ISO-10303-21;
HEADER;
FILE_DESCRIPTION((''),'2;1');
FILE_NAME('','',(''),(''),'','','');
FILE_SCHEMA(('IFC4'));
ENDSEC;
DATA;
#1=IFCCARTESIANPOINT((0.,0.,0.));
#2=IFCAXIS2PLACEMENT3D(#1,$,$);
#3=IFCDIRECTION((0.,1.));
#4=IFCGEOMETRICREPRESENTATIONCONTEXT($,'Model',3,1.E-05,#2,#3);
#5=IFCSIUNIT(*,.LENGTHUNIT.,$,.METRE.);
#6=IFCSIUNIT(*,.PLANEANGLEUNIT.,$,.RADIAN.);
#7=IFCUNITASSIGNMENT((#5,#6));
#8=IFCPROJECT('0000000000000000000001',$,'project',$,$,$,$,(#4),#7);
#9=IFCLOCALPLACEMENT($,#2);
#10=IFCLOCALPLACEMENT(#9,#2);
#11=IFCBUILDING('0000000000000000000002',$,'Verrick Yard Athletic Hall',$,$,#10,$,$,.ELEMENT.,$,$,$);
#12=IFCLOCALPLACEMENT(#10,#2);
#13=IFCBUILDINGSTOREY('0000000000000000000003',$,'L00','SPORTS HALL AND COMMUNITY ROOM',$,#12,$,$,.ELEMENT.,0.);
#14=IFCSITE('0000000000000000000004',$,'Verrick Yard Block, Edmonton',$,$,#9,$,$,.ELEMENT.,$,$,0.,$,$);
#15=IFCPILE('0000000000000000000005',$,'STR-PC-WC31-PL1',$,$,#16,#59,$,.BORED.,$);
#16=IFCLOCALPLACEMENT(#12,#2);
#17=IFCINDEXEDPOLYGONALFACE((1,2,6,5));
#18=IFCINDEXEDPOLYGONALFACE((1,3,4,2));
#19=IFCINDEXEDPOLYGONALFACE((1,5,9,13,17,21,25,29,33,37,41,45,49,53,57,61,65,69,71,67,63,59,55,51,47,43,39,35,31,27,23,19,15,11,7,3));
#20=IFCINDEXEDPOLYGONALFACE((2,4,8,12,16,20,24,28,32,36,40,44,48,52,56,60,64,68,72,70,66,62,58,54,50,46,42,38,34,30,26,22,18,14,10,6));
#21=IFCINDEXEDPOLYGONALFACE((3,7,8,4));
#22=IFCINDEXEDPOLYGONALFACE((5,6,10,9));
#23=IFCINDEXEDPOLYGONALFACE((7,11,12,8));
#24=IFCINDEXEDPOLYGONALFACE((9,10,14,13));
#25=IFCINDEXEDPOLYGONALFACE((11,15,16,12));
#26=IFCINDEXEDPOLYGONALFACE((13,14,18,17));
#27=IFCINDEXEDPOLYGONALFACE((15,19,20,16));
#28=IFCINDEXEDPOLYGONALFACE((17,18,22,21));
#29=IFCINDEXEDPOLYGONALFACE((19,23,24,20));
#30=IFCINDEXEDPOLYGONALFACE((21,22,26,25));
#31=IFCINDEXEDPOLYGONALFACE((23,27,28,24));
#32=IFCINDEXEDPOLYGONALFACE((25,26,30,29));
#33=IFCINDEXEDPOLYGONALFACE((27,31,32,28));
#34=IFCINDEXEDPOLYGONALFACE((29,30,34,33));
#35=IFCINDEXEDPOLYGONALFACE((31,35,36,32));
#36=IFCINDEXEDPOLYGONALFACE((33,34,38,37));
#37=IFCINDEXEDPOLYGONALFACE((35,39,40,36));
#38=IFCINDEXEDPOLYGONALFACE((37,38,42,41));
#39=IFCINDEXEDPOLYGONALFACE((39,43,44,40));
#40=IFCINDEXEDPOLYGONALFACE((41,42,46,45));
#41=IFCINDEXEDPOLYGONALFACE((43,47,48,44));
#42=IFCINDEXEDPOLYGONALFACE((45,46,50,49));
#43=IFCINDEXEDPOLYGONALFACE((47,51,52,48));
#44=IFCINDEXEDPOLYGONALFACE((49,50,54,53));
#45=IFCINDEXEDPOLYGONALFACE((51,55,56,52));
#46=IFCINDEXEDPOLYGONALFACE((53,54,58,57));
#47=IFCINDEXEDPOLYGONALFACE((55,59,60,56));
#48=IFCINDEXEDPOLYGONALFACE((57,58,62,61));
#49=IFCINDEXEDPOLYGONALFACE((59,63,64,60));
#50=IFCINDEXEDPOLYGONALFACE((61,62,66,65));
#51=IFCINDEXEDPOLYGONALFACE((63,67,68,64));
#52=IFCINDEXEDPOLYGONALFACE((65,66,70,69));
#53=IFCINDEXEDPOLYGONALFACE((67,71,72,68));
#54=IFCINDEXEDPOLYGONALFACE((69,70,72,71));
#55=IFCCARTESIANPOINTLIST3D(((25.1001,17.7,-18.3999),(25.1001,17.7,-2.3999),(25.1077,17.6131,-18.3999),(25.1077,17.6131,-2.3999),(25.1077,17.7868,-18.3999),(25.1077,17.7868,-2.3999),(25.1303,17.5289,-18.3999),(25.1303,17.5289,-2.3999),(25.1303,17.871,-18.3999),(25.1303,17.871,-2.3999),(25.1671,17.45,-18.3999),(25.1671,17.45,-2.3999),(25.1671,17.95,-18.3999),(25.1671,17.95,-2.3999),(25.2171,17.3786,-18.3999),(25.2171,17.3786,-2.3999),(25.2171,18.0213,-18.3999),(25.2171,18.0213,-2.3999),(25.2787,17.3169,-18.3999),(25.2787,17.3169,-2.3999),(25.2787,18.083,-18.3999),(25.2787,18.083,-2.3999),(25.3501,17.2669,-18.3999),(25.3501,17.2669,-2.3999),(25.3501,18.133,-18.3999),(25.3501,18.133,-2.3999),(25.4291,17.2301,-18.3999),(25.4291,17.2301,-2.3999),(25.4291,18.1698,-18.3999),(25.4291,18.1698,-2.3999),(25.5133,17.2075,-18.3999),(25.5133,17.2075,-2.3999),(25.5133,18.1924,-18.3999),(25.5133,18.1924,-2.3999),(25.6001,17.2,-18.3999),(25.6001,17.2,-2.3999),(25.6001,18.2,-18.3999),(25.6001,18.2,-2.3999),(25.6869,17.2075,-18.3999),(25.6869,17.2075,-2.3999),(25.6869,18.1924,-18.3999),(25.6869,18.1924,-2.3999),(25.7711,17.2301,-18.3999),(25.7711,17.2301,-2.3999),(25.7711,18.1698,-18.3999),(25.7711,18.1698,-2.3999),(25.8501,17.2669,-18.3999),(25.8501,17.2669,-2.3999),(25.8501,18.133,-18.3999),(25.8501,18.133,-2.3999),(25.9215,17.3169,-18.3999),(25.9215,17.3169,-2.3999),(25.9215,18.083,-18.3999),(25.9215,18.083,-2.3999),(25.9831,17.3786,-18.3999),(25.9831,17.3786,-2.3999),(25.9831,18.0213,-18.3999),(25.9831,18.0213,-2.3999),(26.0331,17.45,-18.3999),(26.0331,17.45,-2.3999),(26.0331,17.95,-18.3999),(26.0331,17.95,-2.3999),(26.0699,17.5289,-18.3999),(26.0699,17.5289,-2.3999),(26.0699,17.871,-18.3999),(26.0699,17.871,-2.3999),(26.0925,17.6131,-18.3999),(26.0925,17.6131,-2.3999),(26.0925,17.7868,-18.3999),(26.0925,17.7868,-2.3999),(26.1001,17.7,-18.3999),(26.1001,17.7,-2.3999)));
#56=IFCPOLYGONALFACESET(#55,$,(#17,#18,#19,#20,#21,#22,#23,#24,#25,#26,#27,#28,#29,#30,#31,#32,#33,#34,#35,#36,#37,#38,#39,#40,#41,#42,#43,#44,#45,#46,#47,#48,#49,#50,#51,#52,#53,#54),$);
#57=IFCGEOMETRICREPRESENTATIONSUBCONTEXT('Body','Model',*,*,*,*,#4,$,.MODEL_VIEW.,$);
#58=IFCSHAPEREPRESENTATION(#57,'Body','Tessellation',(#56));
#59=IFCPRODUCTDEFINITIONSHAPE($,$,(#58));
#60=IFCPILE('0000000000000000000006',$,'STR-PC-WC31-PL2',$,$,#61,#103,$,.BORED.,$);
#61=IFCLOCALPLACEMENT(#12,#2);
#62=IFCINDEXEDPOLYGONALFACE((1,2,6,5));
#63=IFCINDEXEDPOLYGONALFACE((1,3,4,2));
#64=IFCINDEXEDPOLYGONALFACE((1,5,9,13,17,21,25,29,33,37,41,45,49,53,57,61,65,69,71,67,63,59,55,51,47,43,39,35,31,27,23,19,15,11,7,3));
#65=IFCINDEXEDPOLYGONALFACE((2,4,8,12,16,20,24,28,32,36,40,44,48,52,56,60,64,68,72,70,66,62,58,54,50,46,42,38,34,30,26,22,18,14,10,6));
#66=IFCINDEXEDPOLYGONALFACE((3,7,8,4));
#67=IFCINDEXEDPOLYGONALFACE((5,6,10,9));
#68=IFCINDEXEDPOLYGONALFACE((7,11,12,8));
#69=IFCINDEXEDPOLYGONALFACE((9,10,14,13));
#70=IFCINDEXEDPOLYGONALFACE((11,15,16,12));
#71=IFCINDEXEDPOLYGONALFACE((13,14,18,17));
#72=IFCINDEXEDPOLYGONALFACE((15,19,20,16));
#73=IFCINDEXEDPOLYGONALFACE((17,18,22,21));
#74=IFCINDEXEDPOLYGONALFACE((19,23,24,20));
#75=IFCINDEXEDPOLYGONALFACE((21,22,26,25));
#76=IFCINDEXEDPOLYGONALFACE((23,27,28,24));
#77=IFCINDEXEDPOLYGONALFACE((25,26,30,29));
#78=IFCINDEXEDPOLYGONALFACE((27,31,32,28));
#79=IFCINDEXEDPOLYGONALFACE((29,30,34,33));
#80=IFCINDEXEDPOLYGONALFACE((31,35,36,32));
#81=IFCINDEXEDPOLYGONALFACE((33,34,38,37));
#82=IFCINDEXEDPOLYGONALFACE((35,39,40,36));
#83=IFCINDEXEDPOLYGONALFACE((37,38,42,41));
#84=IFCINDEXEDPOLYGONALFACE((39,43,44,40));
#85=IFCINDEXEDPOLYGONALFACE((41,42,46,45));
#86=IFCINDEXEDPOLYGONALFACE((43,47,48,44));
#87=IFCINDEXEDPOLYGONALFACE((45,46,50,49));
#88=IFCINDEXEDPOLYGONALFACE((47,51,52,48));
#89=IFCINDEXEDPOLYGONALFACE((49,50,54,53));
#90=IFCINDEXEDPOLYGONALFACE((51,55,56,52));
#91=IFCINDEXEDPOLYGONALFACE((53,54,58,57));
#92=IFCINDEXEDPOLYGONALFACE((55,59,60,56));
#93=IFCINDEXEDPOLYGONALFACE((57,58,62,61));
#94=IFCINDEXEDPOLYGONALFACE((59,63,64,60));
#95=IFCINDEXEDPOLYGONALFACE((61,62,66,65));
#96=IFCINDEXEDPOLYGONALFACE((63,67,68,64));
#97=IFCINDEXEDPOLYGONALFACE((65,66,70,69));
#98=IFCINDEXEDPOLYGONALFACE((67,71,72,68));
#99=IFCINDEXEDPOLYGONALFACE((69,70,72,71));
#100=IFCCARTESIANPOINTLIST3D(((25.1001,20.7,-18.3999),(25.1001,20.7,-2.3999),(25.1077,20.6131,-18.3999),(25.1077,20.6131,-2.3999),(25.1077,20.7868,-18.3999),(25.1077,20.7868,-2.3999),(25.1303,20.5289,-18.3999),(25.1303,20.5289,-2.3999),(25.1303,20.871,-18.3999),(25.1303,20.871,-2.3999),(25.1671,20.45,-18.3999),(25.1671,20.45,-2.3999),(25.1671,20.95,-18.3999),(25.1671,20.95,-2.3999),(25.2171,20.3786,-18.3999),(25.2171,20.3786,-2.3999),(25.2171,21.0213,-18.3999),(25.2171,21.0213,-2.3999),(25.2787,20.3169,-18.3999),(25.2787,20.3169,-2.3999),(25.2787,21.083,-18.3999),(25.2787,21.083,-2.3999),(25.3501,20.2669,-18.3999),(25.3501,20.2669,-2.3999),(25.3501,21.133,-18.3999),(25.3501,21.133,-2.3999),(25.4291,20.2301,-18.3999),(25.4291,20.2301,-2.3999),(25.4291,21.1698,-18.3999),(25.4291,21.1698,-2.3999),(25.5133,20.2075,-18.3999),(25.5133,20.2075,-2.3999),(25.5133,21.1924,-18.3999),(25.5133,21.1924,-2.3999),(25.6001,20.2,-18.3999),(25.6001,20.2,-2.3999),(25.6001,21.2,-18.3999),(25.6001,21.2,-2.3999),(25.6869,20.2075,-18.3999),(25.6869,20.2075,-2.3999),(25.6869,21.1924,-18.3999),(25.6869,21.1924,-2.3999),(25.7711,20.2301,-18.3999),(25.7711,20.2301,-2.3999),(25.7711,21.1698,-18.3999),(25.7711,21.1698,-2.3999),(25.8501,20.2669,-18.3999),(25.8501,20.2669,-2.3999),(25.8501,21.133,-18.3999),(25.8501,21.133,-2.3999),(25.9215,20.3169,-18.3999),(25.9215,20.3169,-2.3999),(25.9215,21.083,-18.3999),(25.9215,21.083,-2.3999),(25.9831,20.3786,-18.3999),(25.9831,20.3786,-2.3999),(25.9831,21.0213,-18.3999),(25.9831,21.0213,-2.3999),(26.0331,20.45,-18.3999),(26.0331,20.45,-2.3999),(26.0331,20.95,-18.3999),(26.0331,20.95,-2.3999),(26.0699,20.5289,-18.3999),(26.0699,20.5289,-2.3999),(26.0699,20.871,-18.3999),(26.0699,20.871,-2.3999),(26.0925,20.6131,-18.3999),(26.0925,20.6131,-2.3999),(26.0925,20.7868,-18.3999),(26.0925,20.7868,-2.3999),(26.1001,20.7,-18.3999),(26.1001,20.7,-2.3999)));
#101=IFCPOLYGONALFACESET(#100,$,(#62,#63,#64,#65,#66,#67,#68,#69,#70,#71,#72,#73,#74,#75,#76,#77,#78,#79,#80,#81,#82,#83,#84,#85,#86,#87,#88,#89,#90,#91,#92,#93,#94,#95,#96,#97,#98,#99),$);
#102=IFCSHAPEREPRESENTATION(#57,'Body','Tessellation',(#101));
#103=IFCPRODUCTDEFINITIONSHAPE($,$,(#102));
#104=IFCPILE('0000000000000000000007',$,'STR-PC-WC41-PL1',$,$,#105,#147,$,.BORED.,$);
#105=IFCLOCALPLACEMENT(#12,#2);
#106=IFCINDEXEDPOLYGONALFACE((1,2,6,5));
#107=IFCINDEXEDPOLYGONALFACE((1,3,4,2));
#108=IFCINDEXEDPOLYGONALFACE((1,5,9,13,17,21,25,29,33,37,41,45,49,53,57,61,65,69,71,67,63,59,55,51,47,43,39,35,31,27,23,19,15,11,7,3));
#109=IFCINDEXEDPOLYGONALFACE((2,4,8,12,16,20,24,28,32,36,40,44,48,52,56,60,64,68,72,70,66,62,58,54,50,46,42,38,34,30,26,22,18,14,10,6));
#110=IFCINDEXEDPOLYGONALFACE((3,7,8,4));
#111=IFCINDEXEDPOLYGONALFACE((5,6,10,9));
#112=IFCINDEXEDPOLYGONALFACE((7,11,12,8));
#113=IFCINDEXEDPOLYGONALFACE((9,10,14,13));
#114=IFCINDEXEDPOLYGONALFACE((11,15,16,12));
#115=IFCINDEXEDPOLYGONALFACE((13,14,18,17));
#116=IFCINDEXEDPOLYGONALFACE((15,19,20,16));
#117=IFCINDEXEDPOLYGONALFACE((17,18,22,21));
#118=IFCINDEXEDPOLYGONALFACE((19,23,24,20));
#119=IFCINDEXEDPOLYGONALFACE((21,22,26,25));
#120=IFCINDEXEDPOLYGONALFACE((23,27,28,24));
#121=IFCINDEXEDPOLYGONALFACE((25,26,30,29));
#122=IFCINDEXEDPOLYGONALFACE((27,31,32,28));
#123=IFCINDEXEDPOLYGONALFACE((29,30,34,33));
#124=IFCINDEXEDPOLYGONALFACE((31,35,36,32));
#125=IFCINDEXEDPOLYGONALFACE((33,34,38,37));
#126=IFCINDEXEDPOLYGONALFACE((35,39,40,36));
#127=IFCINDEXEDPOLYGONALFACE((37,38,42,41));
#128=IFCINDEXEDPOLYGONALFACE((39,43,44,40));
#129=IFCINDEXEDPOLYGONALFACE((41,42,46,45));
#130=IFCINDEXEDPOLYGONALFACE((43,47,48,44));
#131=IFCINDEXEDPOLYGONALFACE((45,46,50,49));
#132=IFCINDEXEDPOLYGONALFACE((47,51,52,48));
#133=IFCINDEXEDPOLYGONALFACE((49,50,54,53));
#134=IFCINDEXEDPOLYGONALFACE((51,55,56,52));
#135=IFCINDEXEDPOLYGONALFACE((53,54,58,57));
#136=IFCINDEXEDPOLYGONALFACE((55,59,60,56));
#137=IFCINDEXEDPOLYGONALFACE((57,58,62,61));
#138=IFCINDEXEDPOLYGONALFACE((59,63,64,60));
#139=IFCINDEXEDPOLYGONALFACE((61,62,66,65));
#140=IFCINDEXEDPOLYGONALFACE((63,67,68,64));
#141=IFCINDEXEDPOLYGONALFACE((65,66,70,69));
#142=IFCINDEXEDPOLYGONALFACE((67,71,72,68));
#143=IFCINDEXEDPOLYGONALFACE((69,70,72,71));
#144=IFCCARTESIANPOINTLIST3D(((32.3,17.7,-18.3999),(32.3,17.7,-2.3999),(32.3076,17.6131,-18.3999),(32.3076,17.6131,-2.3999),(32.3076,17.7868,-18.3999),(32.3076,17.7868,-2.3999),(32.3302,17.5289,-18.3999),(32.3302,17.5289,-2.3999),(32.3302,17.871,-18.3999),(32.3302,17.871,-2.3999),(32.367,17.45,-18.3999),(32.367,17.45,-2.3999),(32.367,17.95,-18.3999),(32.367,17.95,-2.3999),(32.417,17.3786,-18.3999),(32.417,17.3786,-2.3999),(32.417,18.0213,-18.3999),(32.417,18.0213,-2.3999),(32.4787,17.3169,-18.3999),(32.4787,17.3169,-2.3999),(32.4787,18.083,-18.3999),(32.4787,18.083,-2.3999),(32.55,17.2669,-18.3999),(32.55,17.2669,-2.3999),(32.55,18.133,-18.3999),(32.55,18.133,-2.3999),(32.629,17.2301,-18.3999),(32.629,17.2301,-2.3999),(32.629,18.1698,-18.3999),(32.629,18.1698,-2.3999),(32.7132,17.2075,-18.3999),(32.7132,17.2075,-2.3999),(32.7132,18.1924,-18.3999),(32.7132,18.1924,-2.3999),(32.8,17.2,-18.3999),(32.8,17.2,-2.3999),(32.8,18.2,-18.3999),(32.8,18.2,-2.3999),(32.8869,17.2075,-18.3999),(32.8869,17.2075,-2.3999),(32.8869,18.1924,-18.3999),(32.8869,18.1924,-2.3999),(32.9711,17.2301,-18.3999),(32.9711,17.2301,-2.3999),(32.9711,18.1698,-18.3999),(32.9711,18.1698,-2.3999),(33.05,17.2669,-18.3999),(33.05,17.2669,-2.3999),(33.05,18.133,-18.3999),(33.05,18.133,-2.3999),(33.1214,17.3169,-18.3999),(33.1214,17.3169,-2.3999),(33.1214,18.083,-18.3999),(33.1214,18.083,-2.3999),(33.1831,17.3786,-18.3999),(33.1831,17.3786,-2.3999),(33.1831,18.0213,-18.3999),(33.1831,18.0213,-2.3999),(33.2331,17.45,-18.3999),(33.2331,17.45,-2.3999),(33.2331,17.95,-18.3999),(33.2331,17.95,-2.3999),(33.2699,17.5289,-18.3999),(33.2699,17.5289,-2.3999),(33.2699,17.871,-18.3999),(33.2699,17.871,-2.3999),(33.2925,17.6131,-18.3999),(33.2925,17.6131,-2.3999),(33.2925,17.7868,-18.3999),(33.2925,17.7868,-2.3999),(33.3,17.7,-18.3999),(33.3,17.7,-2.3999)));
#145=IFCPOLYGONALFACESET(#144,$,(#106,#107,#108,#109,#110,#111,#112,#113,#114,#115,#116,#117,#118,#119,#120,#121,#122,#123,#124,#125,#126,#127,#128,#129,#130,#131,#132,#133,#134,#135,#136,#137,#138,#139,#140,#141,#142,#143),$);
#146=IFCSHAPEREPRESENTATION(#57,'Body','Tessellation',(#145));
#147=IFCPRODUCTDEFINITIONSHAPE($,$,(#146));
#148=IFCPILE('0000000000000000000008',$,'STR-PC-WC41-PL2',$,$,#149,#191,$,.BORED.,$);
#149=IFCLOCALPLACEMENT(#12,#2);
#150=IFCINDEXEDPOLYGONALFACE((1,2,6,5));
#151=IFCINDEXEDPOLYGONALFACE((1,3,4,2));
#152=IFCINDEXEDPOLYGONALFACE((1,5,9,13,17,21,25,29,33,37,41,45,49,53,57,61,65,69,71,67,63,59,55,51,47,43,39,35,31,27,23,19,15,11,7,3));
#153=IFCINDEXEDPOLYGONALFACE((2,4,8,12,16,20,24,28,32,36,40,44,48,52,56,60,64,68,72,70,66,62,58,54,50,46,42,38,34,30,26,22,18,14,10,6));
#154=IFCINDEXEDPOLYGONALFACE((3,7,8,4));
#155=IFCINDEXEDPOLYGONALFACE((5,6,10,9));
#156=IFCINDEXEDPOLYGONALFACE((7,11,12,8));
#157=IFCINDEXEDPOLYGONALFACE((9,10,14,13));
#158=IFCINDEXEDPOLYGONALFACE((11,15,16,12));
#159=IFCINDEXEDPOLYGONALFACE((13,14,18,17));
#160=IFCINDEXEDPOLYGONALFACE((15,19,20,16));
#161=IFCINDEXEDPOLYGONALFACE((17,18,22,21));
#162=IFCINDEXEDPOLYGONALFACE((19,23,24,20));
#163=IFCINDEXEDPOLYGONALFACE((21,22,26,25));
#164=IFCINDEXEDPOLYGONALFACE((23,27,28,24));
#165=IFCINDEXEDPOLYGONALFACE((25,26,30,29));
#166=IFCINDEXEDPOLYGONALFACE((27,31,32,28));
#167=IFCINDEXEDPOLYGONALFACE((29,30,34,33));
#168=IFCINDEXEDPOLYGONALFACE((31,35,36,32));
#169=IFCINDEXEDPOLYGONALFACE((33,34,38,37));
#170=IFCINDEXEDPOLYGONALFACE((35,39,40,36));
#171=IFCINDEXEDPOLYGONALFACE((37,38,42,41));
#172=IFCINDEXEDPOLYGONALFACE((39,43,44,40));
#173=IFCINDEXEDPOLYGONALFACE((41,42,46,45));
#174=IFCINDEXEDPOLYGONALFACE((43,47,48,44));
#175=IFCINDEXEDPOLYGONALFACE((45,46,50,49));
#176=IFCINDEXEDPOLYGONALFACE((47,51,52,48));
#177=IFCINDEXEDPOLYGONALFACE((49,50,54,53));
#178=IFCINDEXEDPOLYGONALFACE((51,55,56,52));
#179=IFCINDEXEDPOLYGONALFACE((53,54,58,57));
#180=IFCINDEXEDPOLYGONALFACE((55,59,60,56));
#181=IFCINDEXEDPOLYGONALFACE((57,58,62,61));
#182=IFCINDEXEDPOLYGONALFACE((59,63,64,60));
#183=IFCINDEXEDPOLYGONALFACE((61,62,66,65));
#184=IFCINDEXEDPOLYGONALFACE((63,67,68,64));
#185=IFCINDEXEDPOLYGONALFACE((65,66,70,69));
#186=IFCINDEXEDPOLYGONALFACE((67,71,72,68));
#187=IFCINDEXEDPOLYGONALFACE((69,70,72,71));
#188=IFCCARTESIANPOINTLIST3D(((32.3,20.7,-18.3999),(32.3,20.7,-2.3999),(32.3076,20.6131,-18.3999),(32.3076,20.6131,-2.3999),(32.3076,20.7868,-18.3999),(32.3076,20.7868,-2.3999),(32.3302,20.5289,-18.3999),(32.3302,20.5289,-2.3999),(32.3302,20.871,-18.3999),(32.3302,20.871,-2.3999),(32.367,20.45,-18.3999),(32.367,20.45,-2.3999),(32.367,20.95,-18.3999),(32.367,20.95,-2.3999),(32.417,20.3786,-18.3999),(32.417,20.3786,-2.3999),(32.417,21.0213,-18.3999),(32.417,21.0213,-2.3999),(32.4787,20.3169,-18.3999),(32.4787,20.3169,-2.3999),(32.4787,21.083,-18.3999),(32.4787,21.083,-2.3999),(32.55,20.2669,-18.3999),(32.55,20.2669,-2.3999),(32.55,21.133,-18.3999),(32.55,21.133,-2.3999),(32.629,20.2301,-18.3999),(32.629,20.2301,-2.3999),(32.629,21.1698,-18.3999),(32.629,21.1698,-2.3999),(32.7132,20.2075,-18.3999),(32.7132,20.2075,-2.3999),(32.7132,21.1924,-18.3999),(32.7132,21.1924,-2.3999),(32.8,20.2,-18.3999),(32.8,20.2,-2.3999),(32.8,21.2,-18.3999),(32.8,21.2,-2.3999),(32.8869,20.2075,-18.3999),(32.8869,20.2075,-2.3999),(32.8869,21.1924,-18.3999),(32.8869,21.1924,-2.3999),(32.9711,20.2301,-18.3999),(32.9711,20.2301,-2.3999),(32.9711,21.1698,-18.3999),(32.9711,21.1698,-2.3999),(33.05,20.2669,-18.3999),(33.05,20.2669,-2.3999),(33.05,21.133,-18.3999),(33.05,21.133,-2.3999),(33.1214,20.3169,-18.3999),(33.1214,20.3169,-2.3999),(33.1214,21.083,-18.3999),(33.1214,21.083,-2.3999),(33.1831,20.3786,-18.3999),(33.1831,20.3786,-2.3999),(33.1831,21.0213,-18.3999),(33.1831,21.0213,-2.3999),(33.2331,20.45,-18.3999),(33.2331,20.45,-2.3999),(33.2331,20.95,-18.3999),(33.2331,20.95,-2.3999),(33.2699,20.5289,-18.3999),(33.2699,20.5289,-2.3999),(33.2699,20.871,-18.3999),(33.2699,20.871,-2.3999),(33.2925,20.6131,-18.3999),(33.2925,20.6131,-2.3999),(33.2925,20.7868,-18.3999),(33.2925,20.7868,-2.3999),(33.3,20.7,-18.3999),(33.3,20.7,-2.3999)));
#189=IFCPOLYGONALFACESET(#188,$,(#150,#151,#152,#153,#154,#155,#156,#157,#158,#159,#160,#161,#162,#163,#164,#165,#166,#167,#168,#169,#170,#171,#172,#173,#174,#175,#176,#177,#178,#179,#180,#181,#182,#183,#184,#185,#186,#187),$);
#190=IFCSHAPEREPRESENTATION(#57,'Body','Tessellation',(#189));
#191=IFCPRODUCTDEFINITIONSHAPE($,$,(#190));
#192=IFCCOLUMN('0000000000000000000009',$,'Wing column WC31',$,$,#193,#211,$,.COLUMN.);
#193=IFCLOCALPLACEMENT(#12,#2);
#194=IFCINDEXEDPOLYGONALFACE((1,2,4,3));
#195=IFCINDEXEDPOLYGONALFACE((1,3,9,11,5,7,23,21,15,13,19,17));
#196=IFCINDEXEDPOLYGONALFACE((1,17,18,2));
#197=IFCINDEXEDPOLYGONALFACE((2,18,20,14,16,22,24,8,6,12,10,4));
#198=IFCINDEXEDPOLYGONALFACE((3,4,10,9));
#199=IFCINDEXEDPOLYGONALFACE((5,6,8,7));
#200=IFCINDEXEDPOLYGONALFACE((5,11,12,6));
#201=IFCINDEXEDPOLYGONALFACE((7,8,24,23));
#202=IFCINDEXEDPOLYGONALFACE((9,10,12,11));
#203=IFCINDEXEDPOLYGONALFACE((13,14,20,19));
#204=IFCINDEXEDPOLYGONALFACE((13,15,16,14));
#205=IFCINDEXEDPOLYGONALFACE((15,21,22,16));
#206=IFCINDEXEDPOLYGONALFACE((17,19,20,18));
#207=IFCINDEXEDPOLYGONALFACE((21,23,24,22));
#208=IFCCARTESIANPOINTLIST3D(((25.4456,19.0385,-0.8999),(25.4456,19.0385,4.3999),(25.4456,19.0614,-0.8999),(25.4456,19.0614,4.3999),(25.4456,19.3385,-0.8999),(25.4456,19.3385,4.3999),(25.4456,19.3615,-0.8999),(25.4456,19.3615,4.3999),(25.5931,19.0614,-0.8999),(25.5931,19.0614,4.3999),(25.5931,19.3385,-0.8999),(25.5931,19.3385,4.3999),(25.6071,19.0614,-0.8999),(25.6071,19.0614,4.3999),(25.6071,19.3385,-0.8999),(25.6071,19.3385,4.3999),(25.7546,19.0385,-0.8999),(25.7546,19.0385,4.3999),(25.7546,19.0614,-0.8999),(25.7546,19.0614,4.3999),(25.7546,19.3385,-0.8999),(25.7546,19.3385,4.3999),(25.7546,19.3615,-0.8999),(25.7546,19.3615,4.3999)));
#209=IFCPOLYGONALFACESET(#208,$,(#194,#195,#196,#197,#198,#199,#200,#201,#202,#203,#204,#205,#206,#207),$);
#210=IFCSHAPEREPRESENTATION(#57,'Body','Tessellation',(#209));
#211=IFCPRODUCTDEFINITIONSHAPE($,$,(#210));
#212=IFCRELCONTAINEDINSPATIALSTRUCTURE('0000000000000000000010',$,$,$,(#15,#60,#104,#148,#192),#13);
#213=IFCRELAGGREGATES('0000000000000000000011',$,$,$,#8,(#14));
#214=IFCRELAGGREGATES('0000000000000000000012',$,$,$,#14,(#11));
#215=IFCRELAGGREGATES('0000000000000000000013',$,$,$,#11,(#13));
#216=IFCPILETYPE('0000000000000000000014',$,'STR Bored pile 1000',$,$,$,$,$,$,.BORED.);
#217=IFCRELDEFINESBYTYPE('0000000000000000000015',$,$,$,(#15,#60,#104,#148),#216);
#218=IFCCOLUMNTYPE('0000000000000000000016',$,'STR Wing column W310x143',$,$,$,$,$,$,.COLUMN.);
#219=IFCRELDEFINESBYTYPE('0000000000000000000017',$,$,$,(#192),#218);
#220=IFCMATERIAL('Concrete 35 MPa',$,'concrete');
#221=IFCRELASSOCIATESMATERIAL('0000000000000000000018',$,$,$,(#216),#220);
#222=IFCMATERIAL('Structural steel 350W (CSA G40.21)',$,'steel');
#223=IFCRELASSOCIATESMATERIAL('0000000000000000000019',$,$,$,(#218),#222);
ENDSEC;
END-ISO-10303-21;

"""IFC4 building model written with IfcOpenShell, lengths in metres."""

from ifc_helpers import new_model, si_unit, direction, frame, origin, origin_2d, place, context, subcontext, project, spatial, circle, i_section, extrude, material, material_profile, profile_set, type_object, element, save


model = new_model("IFC4")

# Units and contexts
model_context = context("Model", 3, precision=1e-05, world=origin(), true_north=direction((0.0, 1.0)))
body_context = subcontext(model_context, "Body", "Model", "MODEL_VIEW")
ifc_project = project(units=[si_unit("LENGTHUNIT", "METRE"), si_unit("PLANEANGLEUNIT", "RADIAN")], contexts=[model_context])

# Site, building, storey
site_placement = place(None, origin())
site = spatial("IfcSite", under=ifc_project, at=site_placement, Name="Verrick Yard Block, Edmonton", CompositionType="ELEMENT", RefElevation=0.0)
building_placement = place(site_placement, origin())
building = spatial("IfcBuilding", under=site, at=building_placement, Name="Verrick Yard Athletic Hall", CompositionType="ELEMENT")
storey_placement = place(building_placement, origin())
storey = spatial("IfcBuildingStorey", under=building, at=storey_placement, Name="L00", Description="SPORTS HALL AND COMMUNITY ROOM", CompositionType="ELEMENT", Elevation=0.0)

# Piles
ifc_material_1 = material(Name="Concrete 35 MPa", Category="concrete")
pile_type = type_object("IfcPileType", Name="STR Bored pile 1000", PredefinedType="BORED", material=ifc_material_1)
for number, where, z_axis, x_axis, name in (
    (1, (25.6001, 17.7, -2.3999), (0.0, 0.0, -1.0), (1.0, 0.0, 0.0), "STR-PC-WC31-PL1"),
    (2, (25.6001, 20.7, -2.3999), (0.0, 0.0, -1.0), (1.0, 0.0, 0.0), "STR-PC-WC31-PL2"),
    (3, (32.8, 17.7, -2.3999), (0.0, 0.0, -1.0), (1.0, 0.0, 0.0), "STR-PC-WC41-PL1"),
    (4, (32.8, 20.7, -2.3999), (0.0, 0.0, -1.0), (1.0, 0.0, 0.0), "STR-PC-WC41-PL2"),
):
    element("IfcPile", number, at=place(storey_placement, frame(where, z_axis=z_axis, x_axis=x_axis)), inside=storey, type_object=pile_type, Name=name, PredefinedType="BORED", context=body_context, shape_type="SweptSolid", body=[
        extrude(circle(Radius=0.5, at=origin_2d()), origin(), (0.0, 0.0, 1.0), 16.0),
    ])

# Column
ifc_material_2 = material(Name="Structural steel 350W (CSA G40.21)", Category="steel")
ifc_material_profile_1 = material_profile(ifc_material_2, i_section(OverallWidth=0.3091, OverallDepth=0.323, WebThickness=0.0139, FlangeThickness=0.0229, at=origin_2d()), Name="W310x143")
ifc_profile_set_1 = profile_set([ifc_material_profile_1], Name="Structural steel 350W (CSA G40.21)")
column_type = type_object("IfcColumnType", Name="STR Wing column W310x143", PredefinedType="COLUMN", material=ifc_profile_set_1)
for number, where, z_axis, x_axis, name in (
    (5, (25.6001, 19.2, -0.8999), (0.0, 0.0, 1.0), (1.0, 0.0, 0.0), "Wing column WC31"),
):
    element("IfcColumn", number, at=place(storey_placement, frame(where, z_axis=z_axis, x_axis=x_axis)), inside=storey, type_object=column_type, Name=name, PredefinedType="COLUMN", context=body_context, shape_type="SweptSolid", body=[
        extrude(i_section(OverallWidth=0.3091, OverallDepth=0.323, WebThickness=0.0139, FlangeThickness=0.0229, at=origin_2d()), origin(), (0.0, 0.0, 1.0), 5.2998),
    ])

save(model, "model.ifc")
